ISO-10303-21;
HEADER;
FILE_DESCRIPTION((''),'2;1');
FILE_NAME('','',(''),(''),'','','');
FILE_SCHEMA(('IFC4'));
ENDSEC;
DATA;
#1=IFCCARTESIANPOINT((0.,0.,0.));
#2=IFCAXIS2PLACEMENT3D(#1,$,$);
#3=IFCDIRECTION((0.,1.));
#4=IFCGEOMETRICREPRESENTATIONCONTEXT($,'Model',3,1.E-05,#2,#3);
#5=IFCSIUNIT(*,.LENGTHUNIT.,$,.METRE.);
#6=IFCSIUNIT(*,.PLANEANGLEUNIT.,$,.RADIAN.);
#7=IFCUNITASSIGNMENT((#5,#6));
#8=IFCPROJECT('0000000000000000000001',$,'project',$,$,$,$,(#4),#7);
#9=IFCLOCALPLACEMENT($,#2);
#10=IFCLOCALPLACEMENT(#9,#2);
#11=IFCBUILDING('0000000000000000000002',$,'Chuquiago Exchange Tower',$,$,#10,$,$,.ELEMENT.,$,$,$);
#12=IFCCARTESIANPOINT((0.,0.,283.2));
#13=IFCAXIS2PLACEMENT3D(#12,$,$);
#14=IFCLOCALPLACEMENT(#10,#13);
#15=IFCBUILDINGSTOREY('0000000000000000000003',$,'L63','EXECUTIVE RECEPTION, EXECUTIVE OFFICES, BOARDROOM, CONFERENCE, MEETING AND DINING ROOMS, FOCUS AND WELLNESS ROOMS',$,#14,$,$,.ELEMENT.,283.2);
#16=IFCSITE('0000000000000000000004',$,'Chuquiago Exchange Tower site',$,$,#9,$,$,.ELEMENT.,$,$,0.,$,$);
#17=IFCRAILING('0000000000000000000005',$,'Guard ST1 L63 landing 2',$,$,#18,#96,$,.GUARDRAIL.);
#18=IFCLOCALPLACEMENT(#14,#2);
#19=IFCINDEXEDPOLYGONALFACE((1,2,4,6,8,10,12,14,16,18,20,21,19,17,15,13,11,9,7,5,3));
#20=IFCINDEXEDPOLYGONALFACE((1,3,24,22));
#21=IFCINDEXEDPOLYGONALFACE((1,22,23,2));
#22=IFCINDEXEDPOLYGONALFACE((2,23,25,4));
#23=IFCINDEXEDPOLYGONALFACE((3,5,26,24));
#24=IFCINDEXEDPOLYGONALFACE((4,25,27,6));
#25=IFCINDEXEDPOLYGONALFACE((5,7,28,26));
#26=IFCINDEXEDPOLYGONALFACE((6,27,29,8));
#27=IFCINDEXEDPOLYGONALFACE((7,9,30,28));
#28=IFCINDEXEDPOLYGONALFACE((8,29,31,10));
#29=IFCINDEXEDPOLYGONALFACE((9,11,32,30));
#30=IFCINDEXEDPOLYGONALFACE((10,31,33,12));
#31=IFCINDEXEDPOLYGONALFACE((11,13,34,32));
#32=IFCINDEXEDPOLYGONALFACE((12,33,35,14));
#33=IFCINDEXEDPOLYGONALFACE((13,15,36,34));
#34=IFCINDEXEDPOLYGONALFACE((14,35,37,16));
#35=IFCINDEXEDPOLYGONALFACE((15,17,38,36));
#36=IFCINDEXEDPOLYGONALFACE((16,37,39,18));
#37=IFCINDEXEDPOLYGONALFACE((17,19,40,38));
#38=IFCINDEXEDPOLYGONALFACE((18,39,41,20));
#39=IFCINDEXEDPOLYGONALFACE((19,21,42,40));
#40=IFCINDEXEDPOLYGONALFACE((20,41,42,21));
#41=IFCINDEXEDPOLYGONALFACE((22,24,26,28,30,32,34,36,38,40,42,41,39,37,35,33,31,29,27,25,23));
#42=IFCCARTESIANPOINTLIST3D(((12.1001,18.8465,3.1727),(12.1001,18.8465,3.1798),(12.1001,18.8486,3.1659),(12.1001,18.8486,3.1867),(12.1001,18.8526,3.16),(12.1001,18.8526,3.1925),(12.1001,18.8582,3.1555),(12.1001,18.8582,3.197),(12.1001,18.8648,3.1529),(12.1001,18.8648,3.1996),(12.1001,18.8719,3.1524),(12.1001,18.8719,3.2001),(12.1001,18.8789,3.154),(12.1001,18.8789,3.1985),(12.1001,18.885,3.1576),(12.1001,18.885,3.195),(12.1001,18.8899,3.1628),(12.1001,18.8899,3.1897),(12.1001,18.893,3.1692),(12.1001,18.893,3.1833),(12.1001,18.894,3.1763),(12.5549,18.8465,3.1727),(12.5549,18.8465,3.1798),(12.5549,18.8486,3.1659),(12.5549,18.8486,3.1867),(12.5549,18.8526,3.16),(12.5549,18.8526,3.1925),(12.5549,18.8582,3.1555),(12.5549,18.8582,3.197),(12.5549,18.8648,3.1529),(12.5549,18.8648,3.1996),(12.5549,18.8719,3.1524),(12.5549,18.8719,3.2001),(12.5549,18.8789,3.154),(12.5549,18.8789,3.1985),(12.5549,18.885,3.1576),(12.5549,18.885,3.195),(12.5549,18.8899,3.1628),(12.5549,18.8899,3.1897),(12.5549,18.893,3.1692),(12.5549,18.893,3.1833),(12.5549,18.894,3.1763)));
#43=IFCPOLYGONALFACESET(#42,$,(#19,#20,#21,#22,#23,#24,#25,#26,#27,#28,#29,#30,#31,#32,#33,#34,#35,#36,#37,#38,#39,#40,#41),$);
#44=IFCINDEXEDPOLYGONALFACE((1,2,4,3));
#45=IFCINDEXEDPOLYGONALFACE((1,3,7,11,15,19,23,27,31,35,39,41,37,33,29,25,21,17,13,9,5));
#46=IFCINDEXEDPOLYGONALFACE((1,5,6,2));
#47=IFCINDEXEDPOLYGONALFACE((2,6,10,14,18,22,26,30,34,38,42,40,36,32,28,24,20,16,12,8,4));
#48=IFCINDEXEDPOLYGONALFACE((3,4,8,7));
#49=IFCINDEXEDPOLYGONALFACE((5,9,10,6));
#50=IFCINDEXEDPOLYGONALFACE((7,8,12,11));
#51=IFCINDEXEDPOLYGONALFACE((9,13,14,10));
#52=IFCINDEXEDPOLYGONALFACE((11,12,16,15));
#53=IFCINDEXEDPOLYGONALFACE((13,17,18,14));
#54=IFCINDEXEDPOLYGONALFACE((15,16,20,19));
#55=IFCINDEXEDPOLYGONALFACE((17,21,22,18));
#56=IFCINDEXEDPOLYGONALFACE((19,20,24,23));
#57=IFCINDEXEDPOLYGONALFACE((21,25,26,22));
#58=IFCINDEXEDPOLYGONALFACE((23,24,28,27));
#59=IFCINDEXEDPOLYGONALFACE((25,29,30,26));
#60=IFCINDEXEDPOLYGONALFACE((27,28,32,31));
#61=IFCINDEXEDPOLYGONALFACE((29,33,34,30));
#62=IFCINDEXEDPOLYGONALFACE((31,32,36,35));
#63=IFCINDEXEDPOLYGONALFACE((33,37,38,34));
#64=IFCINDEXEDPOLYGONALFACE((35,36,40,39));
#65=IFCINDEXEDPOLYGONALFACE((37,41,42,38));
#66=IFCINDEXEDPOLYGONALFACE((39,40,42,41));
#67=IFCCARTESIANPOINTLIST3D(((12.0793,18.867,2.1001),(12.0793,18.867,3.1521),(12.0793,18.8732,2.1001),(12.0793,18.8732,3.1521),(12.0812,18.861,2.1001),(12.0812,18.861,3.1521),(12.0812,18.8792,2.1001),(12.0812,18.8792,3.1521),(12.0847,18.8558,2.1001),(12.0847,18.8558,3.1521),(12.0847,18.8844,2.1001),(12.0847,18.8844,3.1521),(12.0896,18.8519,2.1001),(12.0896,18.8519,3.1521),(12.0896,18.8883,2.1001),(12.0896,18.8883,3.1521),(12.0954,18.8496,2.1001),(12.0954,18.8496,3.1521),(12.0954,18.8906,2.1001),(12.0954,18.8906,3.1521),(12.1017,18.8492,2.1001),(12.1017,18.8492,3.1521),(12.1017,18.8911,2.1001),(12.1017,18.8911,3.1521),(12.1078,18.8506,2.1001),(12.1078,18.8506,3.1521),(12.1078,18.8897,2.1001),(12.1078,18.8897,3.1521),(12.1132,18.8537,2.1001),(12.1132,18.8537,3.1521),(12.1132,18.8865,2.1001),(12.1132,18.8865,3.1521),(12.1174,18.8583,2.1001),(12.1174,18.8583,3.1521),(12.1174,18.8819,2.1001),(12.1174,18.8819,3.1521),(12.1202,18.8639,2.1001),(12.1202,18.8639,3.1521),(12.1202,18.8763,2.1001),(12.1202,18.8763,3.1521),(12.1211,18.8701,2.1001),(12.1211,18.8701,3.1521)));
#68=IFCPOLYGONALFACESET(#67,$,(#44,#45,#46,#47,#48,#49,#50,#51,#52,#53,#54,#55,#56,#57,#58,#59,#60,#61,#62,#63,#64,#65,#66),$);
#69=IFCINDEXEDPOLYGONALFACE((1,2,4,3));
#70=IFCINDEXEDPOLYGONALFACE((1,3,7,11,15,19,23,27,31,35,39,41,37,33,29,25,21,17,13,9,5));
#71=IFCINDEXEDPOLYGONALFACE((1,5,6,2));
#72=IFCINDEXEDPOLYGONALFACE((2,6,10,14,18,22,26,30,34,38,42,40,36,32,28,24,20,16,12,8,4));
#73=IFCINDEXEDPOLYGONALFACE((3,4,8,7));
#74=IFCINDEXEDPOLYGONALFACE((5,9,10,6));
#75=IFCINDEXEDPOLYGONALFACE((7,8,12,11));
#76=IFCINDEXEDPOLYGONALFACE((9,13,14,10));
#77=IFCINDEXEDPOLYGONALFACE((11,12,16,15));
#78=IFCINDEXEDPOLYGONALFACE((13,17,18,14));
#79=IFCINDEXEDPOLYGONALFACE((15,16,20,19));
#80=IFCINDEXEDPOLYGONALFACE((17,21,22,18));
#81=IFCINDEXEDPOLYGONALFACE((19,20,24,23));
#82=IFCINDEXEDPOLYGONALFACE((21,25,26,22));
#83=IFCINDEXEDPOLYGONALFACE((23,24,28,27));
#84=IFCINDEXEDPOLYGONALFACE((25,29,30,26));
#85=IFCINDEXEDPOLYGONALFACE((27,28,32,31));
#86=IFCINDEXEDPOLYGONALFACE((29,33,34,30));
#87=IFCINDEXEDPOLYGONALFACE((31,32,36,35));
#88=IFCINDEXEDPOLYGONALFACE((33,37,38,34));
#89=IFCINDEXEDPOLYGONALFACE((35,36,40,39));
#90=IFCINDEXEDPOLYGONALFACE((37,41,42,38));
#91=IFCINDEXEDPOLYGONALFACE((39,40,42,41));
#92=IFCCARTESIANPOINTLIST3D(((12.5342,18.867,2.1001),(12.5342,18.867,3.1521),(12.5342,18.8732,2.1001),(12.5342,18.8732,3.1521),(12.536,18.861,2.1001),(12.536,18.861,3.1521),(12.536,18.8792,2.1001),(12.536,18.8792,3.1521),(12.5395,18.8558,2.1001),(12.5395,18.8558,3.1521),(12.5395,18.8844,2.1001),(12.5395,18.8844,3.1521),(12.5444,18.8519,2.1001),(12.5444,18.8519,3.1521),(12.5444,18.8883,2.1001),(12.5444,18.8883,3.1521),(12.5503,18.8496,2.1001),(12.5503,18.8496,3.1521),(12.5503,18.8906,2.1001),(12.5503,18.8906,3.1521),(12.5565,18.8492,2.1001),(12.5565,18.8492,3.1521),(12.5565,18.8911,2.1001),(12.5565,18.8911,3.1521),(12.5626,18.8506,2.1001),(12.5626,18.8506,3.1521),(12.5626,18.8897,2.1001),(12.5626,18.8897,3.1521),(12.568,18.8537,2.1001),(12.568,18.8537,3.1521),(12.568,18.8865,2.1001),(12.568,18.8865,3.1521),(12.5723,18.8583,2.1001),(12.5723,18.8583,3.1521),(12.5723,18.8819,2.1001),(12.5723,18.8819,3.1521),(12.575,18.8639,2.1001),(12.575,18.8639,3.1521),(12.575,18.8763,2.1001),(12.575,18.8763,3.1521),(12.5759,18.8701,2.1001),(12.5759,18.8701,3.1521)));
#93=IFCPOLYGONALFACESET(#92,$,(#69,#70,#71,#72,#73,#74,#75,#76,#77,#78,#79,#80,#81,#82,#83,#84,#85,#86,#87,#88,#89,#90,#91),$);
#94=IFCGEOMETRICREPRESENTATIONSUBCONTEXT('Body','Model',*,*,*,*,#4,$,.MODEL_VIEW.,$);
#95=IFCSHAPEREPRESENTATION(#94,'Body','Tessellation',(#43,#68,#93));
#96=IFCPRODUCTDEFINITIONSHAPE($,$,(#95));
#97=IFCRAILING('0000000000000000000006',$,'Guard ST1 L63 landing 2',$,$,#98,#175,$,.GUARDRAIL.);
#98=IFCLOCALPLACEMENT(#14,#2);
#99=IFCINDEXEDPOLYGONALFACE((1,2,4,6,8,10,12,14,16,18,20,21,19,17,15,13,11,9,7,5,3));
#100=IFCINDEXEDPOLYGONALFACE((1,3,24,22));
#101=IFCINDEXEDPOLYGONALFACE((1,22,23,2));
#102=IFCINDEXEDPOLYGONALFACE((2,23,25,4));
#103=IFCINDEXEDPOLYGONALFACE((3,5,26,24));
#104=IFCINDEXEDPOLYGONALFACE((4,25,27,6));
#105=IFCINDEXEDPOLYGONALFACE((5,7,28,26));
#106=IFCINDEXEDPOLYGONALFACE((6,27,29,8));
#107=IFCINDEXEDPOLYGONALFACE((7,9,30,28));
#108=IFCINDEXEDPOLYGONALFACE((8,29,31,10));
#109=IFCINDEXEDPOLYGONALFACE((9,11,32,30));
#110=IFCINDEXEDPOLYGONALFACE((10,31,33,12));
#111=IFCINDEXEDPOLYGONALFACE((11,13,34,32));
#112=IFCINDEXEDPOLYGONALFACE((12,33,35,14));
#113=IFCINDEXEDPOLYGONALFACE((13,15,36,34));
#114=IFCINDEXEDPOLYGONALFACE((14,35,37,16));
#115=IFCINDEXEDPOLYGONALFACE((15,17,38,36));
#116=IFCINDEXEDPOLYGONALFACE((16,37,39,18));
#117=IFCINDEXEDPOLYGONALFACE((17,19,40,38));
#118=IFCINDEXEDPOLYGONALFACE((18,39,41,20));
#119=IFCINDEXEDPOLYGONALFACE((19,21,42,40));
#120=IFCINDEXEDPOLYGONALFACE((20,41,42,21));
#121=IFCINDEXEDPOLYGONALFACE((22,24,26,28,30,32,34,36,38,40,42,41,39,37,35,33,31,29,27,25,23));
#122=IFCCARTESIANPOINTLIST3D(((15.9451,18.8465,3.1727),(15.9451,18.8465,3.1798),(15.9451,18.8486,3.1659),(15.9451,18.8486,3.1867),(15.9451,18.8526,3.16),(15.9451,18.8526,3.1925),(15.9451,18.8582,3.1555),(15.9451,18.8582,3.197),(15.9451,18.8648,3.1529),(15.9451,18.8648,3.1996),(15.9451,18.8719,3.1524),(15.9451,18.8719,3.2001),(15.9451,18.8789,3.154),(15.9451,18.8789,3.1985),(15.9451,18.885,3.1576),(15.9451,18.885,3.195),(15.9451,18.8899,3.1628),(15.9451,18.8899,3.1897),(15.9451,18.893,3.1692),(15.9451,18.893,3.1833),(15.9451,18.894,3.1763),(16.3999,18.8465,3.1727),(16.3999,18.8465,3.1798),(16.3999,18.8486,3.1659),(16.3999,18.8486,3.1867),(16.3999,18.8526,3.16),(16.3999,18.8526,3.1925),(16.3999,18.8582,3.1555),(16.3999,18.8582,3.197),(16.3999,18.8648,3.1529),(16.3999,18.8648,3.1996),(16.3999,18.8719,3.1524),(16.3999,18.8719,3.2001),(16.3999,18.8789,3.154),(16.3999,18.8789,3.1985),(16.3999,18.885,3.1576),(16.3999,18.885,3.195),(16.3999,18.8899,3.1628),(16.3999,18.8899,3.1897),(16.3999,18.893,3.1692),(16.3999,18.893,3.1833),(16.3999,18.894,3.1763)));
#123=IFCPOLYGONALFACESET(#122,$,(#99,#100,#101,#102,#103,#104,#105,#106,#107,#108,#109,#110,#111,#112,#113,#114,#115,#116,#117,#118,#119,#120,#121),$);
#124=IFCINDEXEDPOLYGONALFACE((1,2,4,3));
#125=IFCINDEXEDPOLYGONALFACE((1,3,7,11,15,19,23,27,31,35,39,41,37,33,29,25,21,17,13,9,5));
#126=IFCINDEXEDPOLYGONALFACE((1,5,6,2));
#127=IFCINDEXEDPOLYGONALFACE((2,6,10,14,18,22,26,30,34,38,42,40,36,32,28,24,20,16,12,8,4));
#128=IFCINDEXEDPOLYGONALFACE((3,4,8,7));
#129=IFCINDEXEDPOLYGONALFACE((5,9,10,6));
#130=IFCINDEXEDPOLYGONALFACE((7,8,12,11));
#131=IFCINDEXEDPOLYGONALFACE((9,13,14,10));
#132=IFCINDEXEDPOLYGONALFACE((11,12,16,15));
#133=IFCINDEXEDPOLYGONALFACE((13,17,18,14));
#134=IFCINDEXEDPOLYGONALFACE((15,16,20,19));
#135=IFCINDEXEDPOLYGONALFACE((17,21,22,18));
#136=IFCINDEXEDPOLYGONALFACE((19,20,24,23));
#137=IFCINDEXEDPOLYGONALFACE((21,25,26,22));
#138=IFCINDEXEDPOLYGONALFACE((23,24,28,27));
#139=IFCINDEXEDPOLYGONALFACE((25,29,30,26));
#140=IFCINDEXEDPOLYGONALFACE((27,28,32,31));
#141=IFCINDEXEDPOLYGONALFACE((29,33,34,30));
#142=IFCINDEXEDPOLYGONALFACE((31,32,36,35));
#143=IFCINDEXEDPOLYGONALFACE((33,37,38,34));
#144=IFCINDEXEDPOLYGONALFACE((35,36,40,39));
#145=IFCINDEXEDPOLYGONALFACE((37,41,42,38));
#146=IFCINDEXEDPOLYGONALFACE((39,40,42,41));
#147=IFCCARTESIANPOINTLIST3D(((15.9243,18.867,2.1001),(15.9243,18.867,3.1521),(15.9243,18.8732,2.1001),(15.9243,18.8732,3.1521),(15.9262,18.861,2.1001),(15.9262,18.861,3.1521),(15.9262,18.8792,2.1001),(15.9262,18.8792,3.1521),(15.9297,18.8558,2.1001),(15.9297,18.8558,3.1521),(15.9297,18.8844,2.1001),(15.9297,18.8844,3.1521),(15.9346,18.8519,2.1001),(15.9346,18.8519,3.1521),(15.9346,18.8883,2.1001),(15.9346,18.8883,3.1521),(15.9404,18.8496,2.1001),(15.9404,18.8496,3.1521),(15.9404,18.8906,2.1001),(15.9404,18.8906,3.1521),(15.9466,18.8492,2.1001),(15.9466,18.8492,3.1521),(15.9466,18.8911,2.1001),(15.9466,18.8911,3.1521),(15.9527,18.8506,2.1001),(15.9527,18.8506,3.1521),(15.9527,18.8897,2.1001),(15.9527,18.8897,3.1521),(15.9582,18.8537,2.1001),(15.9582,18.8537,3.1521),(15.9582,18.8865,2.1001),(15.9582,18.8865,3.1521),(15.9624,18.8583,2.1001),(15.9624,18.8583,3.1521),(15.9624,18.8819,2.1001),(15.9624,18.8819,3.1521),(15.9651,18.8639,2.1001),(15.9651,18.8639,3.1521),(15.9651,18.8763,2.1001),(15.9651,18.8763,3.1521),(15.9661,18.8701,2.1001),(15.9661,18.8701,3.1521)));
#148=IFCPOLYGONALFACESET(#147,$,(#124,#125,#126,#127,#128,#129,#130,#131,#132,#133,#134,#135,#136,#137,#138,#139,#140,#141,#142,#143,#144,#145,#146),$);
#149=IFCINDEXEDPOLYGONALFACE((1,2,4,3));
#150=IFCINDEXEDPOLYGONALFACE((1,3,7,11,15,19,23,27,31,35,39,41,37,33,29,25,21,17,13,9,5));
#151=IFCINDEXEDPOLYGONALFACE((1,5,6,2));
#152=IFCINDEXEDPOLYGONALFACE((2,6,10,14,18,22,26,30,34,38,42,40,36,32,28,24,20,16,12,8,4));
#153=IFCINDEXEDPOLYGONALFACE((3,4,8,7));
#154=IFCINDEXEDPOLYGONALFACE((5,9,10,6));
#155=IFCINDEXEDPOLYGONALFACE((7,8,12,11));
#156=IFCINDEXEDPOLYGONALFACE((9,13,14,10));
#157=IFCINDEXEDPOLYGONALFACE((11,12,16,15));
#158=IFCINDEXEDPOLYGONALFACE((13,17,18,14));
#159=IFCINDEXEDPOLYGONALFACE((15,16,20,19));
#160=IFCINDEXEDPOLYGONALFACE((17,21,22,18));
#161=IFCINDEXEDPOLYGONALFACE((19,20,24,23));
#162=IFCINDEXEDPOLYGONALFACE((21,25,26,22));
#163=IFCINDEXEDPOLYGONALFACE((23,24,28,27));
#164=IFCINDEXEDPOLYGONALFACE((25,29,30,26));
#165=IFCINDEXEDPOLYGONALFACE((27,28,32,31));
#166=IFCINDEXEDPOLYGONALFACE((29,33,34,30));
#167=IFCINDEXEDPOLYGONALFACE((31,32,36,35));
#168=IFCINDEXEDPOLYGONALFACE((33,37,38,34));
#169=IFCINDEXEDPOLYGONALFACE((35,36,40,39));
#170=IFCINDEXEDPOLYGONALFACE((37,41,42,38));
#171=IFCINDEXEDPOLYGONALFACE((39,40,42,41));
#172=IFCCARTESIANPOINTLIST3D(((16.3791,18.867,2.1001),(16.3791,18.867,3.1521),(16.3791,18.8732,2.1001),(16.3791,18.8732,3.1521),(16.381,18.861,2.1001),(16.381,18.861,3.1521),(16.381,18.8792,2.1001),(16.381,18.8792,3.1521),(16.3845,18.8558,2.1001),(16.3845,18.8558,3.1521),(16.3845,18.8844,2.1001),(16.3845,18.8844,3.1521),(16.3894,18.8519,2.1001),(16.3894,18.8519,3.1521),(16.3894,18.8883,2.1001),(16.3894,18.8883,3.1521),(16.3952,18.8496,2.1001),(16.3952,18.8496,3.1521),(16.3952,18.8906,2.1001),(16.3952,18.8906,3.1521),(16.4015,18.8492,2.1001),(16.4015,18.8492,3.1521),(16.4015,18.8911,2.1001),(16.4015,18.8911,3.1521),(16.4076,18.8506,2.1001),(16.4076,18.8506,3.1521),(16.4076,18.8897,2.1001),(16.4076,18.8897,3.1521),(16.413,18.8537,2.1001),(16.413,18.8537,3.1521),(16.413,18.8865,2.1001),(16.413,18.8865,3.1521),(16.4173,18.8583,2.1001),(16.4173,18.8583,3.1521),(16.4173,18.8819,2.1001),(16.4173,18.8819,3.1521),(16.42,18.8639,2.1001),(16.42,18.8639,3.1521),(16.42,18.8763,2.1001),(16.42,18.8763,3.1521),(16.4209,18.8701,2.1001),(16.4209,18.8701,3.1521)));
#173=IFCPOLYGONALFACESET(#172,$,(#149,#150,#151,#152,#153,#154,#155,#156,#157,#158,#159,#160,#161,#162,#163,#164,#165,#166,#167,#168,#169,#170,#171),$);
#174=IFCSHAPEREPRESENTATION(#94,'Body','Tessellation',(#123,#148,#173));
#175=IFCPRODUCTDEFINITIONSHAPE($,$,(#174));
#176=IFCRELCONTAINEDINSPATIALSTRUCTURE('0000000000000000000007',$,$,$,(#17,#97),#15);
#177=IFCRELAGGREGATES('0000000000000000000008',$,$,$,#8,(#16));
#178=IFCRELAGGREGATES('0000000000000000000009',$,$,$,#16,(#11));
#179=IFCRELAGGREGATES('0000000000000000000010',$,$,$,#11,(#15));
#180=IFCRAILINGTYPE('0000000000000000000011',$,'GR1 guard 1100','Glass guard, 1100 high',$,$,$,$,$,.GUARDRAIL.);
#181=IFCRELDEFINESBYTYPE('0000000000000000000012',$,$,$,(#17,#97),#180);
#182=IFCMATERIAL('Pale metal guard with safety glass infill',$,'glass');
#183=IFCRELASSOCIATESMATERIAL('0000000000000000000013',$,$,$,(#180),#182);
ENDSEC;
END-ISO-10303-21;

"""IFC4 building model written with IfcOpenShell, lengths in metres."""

from ifc_helpers import new_model, si_unit, direction, frame, origin, origin_2d, place, context, subcontext, project, spatial, circle, extrude, material, type_object, element, save


model = new_model("IFC4")

# Units and contexts
model_context = context("Model", 3, precision=1e-05, world=origin(), true_north=direction((0.0, 1.0)))
body_context = subcontext(model_context, "Body", "Model", "MODEL_VIEW")
ifc_project = project(units=[si_unit("LENGTHUNIT", "METRE"), si_unit("PLANEANGLEUNIT", "RADIAN")], contexts=[model_context])

# Site, building, storey
site_placement = place(None, origin())
site = spatial("IfcSite", under=ifc_project, at=site_placement, Name="Chuquiago Exchange Tower site", CompositionType="ELEMENT", RefElevation=0.0)
building_placement = place(site_placement, origin())
building = spatial("IfcBuilding", under=site, at=building_placement, Name="Chuquiago Exchange Tower", CompositionType="ELEMENT")
storey_placement = place(building_placement, frame((0.0, 0.0, 283.2)))
storey = spatial("IfcBuildingStorey", under=building, at=storey_placement, Name="L63", Description="EXECUTIVE RECEPTION, EXECUTIVE OFFICES, BOARDROOM, CONFERENCE, MEETING AND DINING ROOMS, FOCUS AND WELLNESS ROOMS", CompositionType="ELEMENT", Elevation=283.2)

# Railings
ifc_material_1 = material(Name="Pale metal guard with safety glass infill", Category="glass")
railing_type_1 = type_object("IfcRailingType", Name="GR1 guard 1100", Description="Glass guard, 1100 high", PredefinedType="GUARDRAIL", material=ifc_material_1)
for number, where, name in (
    (1, (12.1001, 18.8701, 2.1001), "Guard ST1 L63 landing 2"),
    (2, (15.9451, 18.8701, 2.1001), "Guard ST1 L63 landing 2"),
):
    element("IfcRailing", number, at=place(storey_placement, frame(where)), inside=storey, type_object=railing_type_1, Name=name, PredefinedType="GUARDRAIL", context=body_context, shape_type="SweptSolid", body=[
        extrude(circle(Radius=0.0239, at=origin_2d()), frame((0.0, 0.0, 1.0762), z_axis=(1.0, 0.0, 0.0), x_axis=(0.0, 1.0, 0.0)), (0.0, 0.0, 1.0), 0.4548),
        extrude(circle(Radius=0.021, at=origin_2d()), origin(), (0.0, 0.0, 1.0), 1.052),
        extrude(circle(Radius=0.021, at=origin_2d()), frame((0.4548, 0.0, 0.0)), (0.0, 0.0, 1.0), 1.052),
    ])

save(model, "model.ifc")
